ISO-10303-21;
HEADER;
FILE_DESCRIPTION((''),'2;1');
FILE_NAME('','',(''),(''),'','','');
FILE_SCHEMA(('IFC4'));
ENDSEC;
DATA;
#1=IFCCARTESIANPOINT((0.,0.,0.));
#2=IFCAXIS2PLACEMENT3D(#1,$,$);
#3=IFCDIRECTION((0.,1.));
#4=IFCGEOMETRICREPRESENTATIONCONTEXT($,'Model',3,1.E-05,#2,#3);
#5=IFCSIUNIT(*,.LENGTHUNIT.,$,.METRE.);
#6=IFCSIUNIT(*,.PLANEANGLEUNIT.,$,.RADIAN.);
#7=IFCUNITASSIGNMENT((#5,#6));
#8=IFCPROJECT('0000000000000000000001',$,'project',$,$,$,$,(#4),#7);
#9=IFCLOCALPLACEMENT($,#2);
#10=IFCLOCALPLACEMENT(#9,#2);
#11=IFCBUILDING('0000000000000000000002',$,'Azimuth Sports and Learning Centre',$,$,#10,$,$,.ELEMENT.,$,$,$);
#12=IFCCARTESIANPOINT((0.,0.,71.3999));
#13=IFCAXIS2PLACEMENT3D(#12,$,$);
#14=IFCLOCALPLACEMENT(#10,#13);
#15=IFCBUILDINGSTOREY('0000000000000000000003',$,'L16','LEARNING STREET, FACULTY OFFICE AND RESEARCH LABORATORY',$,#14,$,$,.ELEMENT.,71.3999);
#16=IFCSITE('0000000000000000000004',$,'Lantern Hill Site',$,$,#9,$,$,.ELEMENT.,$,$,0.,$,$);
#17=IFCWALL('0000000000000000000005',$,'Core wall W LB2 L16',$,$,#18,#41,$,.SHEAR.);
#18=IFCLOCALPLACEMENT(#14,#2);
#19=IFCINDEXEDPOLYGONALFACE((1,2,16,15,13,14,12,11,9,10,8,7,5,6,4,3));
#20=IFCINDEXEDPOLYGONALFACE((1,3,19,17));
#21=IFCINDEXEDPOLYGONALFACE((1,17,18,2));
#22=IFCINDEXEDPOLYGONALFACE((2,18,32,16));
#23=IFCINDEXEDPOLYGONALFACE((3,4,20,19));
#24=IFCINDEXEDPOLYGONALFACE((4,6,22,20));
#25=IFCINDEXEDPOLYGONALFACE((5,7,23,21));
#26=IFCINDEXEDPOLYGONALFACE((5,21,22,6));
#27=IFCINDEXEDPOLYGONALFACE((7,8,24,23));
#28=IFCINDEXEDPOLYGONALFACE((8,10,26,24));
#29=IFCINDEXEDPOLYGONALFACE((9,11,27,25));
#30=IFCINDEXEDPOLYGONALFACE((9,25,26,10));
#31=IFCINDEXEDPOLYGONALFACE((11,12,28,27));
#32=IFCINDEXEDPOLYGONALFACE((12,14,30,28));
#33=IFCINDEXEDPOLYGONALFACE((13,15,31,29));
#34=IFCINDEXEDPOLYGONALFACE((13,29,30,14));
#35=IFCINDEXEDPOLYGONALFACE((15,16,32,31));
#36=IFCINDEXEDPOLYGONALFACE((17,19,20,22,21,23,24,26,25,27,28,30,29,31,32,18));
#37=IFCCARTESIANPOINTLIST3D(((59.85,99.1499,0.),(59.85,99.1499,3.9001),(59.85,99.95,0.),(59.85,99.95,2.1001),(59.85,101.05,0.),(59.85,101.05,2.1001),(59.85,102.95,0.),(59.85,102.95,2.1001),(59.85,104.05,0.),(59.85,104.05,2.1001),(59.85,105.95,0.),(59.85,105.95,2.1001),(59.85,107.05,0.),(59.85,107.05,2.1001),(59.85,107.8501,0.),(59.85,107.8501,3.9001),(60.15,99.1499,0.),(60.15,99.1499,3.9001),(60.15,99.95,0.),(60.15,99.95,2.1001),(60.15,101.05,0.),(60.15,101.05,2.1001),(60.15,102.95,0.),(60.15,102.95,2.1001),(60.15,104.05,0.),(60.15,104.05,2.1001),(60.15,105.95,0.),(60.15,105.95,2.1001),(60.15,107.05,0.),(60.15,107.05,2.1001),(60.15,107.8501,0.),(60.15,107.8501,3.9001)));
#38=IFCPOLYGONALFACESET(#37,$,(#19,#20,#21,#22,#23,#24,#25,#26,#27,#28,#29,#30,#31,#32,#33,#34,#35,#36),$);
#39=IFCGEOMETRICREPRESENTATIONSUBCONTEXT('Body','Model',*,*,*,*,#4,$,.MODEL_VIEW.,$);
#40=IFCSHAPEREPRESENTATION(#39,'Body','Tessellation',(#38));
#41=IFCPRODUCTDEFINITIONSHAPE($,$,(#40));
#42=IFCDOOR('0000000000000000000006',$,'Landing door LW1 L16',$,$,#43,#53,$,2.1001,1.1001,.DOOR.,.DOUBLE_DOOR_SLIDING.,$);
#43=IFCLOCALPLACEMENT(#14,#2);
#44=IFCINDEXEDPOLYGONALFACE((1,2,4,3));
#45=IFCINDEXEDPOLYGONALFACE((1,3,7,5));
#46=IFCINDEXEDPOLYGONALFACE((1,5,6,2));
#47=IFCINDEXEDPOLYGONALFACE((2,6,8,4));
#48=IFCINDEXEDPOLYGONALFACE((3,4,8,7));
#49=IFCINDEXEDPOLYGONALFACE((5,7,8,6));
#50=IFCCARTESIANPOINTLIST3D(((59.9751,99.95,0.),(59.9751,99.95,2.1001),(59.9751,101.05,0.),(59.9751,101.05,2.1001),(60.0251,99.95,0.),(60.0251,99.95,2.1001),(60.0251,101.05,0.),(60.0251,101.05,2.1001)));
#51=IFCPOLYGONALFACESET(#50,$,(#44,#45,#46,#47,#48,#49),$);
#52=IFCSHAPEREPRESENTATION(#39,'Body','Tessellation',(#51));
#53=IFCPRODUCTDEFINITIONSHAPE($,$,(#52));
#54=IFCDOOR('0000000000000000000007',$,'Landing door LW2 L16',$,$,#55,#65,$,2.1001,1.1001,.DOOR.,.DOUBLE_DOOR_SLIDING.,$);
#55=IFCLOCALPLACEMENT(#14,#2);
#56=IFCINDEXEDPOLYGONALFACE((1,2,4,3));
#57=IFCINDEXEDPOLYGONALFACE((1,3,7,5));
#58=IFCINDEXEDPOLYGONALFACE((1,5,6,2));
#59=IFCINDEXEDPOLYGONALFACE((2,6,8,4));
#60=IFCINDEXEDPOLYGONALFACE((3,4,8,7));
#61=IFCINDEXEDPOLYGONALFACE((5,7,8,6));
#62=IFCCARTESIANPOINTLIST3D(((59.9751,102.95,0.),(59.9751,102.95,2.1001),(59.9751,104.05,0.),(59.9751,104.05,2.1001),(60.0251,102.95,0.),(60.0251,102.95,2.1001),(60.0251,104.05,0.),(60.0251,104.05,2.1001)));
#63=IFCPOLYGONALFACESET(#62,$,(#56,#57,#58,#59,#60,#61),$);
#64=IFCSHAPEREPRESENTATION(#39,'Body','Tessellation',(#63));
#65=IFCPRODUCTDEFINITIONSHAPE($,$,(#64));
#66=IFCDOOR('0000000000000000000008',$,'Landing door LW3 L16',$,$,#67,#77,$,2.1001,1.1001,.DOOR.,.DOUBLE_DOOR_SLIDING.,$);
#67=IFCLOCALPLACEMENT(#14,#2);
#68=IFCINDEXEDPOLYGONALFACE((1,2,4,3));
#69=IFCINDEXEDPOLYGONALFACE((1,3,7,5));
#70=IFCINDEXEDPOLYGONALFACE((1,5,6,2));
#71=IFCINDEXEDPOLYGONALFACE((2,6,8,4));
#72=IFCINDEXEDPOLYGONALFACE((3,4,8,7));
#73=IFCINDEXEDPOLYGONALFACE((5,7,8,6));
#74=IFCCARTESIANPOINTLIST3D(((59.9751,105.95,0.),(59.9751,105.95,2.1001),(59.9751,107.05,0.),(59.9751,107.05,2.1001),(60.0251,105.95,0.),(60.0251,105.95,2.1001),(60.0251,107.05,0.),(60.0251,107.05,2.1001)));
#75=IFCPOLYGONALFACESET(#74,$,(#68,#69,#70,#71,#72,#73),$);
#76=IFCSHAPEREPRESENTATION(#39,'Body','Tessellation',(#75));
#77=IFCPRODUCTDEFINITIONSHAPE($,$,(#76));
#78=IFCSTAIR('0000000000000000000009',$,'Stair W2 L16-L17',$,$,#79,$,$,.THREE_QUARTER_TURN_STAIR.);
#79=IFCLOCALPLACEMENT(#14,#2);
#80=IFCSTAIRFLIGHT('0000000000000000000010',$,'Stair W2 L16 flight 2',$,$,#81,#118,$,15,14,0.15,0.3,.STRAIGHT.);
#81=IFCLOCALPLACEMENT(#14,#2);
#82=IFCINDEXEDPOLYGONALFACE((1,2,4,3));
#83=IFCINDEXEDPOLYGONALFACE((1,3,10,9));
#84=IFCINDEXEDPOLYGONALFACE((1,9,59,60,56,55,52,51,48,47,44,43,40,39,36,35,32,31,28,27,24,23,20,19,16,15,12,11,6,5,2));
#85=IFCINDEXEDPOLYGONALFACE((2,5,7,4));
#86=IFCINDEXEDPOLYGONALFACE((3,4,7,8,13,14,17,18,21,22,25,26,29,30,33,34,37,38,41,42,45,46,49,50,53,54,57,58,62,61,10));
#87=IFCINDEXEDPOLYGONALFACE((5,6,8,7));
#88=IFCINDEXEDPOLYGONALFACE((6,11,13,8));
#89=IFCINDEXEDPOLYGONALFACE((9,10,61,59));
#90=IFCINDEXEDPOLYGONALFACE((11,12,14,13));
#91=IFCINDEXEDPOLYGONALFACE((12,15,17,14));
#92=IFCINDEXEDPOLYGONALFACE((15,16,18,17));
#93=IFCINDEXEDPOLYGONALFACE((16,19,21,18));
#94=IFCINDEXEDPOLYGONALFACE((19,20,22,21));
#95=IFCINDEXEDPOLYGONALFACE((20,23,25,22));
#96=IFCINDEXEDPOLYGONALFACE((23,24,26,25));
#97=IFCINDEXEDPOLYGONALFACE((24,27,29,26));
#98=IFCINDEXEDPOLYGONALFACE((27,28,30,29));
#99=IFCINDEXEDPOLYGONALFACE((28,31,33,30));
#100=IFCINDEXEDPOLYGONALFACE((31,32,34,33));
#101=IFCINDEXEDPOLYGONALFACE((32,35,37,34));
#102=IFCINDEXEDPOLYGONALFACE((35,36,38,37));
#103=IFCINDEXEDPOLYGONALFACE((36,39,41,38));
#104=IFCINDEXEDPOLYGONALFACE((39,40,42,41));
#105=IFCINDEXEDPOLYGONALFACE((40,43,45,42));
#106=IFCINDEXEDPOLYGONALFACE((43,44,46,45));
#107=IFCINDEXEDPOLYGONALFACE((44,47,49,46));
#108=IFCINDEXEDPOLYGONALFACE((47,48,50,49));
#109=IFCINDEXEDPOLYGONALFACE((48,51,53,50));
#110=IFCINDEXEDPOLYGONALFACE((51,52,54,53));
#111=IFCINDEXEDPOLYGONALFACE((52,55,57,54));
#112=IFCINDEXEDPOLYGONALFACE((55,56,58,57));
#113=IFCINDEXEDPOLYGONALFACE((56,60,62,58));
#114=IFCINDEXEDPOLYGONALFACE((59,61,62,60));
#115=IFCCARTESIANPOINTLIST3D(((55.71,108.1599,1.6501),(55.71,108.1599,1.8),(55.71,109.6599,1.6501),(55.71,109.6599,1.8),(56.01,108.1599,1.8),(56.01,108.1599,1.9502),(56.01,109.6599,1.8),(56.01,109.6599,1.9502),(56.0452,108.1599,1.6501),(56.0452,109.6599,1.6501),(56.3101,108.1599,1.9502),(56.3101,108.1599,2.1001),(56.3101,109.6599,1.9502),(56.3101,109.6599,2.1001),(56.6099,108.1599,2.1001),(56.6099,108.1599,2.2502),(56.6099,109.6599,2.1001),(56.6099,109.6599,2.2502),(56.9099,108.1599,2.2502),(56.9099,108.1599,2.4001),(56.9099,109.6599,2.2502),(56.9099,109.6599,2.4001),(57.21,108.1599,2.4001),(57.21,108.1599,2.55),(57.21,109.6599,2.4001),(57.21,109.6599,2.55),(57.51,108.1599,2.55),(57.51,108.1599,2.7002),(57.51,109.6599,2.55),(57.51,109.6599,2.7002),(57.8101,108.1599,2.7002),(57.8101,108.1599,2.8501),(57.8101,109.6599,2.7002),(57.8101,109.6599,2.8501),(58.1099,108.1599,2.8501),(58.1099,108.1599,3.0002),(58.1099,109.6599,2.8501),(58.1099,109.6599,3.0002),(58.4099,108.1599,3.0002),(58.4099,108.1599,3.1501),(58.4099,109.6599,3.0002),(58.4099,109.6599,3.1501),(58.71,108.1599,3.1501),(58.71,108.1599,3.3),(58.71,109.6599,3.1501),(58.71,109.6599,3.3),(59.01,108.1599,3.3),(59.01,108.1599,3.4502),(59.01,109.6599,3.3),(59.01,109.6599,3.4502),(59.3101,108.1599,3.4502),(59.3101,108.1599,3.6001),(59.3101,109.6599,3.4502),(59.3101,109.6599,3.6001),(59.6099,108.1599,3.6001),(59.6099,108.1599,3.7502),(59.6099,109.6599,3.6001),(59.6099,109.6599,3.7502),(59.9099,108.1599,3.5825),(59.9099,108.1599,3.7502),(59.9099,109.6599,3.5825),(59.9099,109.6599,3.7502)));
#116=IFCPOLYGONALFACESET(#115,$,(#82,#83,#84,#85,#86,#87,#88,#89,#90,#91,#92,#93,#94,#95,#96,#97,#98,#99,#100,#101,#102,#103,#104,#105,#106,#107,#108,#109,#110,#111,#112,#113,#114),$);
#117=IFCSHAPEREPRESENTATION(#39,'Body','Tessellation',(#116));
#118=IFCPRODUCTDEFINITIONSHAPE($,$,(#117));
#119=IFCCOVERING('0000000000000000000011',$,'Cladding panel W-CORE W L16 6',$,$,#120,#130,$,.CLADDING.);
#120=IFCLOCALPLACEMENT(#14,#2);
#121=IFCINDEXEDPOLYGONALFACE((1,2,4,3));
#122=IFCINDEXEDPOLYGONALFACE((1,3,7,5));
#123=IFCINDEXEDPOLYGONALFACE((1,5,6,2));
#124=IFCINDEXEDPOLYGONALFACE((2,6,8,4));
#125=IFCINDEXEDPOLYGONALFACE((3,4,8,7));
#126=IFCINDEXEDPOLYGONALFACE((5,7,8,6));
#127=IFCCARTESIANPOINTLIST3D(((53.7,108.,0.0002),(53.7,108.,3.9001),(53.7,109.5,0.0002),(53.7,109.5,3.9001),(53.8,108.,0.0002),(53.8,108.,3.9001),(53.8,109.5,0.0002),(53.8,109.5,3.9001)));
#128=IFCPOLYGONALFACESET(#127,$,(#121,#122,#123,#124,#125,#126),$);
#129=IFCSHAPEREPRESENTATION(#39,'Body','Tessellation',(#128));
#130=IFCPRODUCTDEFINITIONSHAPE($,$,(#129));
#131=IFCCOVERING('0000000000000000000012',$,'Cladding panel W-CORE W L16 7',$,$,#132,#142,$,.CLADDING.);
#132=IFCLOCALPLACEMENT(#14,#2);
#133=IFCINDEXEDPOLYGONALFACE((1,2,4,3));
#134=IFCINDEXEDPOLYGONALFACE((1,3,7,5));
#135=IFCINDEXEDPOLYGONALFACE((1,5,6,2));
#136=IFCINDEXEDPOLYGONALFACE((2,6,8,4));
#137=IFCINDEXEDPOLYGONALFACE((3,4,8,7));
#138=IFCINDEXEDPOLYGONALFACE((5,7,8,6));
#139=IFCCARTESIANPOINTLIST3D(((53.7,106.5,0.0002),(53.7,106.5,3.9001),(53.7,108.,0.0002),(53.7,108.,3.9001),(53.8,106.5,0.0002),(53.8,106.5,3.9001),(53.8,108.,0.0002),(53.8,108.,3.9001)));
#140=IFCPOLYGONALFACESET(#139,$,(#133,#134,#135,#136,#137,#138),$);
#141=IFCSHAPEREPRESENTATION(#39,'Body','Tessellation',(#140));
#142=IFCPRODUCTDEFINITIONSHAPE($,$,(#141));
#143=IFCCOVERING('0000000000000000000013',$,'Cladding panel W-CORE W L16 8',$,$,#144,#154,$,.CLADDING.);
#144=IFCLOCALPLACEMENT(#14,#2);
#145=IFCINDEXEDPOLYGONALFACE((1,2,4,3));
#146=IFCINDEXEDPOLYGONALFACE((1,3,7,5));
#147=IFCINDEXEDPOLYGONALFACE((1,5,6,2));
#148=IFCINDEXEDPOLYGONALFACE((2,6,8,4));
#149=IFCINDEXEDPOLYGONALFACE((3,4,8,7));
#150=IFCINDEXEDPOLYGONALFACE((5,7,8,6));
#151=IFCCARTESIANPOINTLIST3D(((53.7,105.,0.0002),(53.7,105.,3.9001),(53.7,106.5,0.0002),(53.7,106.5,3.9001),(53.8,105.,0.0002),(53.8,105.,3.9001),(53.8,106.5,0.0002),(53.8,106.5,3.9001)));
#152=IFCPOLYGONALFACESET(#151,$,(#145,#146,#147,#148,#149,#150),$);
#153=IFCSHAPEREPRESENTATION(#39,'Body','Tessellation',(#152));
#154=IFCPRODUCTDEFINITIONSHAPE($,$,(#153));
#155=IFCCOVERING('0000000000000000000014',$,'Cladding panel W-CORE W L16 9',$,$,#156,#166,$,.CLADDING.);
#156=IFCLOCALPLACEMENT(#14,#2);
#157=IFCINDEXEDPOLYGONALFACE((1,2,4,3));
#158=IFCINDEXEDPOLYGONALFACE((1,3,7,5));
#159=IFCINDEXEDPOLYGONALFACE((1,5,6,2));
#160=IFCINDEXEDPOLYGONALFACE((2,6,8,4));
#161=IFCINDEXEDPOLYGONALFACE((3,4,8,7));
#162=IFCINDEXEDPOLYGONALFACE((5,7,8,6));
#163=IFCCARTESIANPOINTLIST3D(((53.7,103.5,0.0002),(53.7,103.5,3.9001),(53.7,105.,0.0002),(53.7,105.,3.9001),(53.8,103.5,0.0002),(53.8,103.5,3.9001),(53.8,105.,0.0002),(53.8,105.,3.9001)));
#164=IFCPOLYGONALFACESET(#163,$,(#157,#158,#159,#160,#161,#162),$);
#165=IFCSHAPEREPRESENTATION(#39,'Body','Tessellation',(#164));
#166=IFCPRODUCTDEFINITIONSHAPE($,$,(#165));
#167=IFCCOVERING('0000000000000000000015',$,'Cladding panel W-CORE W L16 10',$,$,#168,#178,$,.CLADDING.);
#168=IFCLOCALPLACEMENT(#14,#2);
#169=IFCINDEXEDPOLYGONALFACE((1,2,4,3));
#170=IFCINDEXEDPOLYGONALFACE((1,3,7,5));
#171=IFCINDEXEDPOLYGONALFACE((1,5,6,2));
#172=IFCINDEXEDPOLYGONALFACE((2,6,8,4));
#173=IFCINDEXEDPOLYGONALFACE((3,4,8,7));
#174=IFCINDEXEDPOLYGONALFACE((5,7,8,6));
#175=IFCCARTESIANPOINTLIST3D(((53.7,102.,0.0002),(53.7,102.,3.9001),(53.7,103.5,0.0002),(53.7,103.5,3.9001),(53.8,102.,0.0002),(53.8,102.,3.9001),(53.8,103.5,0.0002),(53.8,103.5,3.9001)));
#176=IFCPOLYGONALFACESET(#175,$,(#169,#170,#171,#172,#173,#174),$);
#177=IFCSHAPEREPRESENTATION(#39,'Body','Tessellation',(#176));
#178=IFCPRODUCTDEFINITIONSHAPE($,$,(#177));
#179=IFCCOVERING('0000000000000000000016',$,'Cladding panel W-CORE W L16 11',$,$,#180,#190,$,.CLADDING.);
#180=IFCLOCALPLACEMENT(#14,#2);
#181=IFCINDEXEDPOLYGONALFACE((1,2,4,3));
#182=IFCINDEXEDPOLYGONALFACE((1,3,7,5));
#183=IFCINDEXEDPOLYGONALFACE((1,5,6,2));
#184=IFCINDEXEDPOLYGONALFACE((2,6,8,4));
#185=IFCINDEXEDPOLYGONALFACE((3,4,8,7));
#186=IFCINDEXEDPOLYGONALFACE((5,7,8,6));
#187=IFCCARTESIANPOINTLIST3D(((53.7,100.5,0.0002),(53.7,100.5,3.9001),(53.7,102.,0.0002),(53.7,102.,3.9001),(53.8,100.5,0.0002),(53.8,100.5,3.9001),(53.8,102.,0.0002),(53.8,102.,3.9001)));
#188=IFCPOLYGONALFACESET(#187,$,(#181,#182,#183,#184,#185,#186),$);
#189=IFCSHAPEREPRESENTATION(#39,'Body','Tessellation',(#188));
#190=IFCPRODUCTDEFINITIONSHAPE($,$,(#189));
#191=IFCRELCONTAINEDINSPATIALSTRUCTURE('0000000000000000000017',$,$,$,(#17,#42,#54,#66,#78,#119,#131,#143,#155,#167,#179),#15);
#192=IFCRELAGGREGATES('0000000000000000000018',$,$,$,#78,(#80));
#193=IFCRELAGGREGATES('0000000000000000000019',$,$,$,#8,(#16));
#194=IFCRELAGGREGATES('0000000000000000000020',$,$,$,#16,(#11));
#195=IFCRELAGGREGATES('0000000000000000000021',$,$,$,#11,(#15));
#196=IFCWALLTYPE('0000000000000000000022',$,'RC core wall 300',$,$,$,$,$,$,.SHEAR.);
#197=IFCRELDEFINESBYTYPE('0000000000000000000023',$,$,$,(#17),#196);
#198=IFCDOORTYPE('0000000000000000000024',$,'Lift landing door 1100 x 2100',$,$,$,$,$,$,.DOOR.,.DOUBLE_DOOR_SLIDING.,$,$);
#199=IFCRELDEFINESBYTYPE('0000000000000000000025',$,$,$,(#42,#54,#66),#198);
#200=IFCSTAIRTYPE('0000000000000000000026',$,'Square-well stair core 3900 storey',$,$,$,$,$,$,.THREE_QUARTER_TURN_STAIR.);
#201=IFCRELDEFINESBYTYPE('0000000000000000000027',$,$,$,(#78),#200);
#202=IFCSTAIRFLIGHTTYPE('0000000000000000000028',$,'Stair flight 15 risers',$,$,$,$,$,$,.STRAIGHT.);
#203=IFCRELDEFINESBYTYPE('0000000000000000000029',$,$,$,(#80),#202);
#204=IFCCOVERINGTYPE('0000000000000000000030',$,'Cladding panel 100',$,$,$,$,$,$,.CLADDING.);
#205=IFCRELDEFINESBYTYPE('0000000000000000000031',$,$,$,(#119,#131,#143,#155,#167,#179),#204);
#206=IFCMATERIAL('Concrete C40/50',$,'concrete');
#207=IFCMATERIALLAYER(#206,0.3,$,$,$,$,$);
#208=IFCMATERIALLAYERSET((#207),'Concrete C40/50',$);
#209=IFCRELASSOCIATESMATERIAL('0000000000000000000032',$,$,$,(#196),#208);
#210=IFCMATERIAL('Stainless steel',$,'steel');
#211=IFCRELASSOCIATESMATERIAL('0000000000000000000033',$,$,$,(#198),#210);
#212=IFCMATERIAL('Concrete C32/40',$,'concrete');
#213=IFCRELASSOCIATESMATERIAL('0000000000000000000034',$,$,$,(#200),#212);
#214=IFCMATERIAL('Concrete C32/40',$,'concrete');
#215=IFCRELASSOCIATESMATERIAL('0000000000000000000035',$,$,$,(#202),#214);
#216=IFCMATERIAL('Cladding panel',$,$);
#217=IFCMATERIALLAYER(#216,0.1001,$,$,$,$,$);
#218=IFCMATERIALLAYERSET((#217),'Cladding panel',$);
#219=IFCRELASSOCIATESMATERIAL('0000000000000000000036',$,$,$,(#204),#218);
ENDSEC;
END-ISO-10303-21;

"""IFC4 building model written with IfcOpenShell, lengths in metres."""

from ifc_helpers import new_model, si_unit, direction, frame, frame_2d, origin, origin_2d, place, context, subcontext, project, spatial, polyline, rectangle, outline, extrude, material, layer, layer_set, type_object, element, fill, aggregate, save


model = new_model("IFC4")

# Units and contexts
model_context = context("Model", 3, precision=1e-05, world=origin(), true_north=direction((0.0, 1.0)))
body_context = subcontext(model_context, "Body", "Model", "MODEL_VIEW")
ifc_project = project(units=[si_unit("LENGTHUNIT", "METRE"), si_unit("PLANEANGLEUNIT", "RADIAN")], contexts=[model_context])

# Site, building, storey
site_placement = place(None, origin())
site = spatial("IfcSite", under=ifc_project, at=site_placement, Name="Lantern Hill Site", CompositionType="ELEMENT", RefElevation=0.0)
building_placement = place(site_placement, origin())
building = spatial("IfcBuilding", under=site, at=building_placement, Name="Azimuth Sports and Learning Centre", CompositionType="ELEMENT")
storey_placement = place(building_placement, frame((0.0, 0.0, 71.3999)))
storey = spatial("IfcBuildingStorey", under=building, at=storey_placement, Name="L16", Description="LEARNING STREET, FACULTY OFFICE AND RESEARCH LABORATORY", CompositionType="ELEMENT", Elevation=71.3999)

# Shared definitions
ifc_material_1 = material(Name="Concrete C40/50", Category="concrete")
ifc_layer_1 = layer(ifc_material_1, 0.3)
ifc_layer_set_1 = layer_set([ifc_layer_1], Name="Concrete C40/50")
wall_type_1 = type_object("IfcWallType", Name="RC core wall 300", PredefinedType="SHEAR", material=ifc_layer_set_1)

# Wall, openings, doors
wall_1_placement = place(storey_placement, frame((60.0, 99.1499, 0.0), z_axis=(0.0, 0.0, 1.0), x_axis=(0.0, 1.0, 0.0)))
wall_1 = element("IfcWall", 1, at=wall_1_placement, inside=storey, type_object=wall_type_1, Name="Core wall W LB2 L16", PredefinedType="SHEAR", context=body_context, shape_type="SweptSolid", body=[
    extrude(rectangle(XDim=8.7002, YDim=0.3, at=frame_2d((4.3501, 0.0))), origin(), (0.0, 0.0, 1.0), 3.9001),
])
opening_1_placement = place(wall_1_placement, frame((0.8, 0.0, 0.0)))
opening_1 = element("IfcOpeningElement", 2, at=opening_1_placement, cuts=wall_1, PredefinedType="OPENING", context=body_context, shape_type="SweptSolid", body=[
    extrude(rectangle(XDim=1.1001, YDim=2.1001, at=frame_2d((0.55, 1.05))), frame((0.0, 0.1611, 0.0), z_axis=(0.0, -1.0, 0.0), x_axis=(1.0, 0.0, 0.0)), (0.0, 0.0, 1.0), 0.322),
])
opening_2_placement = place(wall_1_placement, frame((3.8, 0.0, 0.0)))
opening_2 = element("IfcOpeningElement", 3, at=opening_2_placement, cuts=wall_1, PredefinedType="OPENING", context=body_context, shape_type="SweptSolid", body=[
    extrude(rectangle(XDim=1.1001, YDim=2.1001, at=frame_2d((0.55, 1.05))), frame((0.0, 0.1611, 0.0), z_axis=(0.0, -1.0, 0.0), x_axis=(1.0, 0.0, 0.0)), (0.0, 0.0, 1.0), 0.322),
])
opening_3_placement = place(wall_1_placement, frame((6.8, 0.0, 0.0)))
opening_3 = element("IfcOpeningElement", 4, at=opening_3_placement, cuts=wall_1, PredefinedType="OPENING", context=body_context, shape_type="SweptSolid", body=[
    extrude(rectangle(XDim=1.1001, YDim=2.1001, at=frame_2d((0.55, 1.05))), frame((0.0, 0.1611, 0.0), z_axis=(0.0, -1.0, 0.0), x_axis=(1.0, 0.0, 0.0)), (0.0, 0.0, 1.0), 0.322),
])
ifc_material_2 = material(Name="Stainless steel", Category="steel")
door_type_1 = type_object("IfcDoorType", Name="Lift landing door 1100 x 2100", OperationType="DOUBLE_DOOR_SLIDING", PredefinedType="DOOR", material=ifc_material_2)
door_1_placement = place(opening_1_placement, origin())
door_1 = element("IfcDoor", 5, at=door_1_placement, inside=storey, type_object=door_type_1, Name="Landing door LW1 L16", OperationType="DOUBLE_DOOR_SLIDING", OverallHeight=2.1001, OverallWidth=1.1001, PredefinedType="DOOR", context=body_context, shape_type="SweptSolid", body=[
    extrude(rectangle(XDim=1.1001, YDim=2.1001, at=frame_2d((0.55, 1.05))), frame((0.0, 0.0249, 0.0), z_axis=(0.0, -1.0, 0.0), x_axis=(1.0, 0.0, 0.0)), (0.0, 0.0, 1.0), 0.05),
])
fill(opening_1, door_1)
door_2_placement = place(opening_2_placement, origin())
door_2 = element("IfcDoor", 6, at=door_2_placement, inside=storey, type_object=door_type_1, Name="Landing door LW2 L16", OperationType="DOUBLE_DOOR_SLIDING", OverallHeight=2.1001, OverallWidth=1.1001, PredefinedType="DOOR", context=body_context, shape_type="SweptSolid", body=[
    extrude(rectangle(XDim=1.1001, YDim=2.1001, at=frame_2d((0.55, 1.05))), frame((0.0, 0.0249, 0.0), z_axis=(0.0, -1.0, 0.0), x_axis=(1.0, 0.0, 0.0)), (0.0, 0.0, 1.0), 0.05),
])
fill(opening_2, door_2)
door_3_placement = place(opening_3_placement, origin())
door_3 = element("IfcDoor", 7, at=door_3_placement, inside=storey, type_object=door_type_1, Name="Landing door LW3 L16", OperationType="DOUBLE_DOOR_SLIDING", OverallHeight=2.1001, OverallWidth=1.1001, PredefinedType="DOOR", context=body_context, shape_type="SweptSolid", body=[
    extrude(rectangle(XDim=1.1001, YDim=2.1001, at=frame_2d((0.55, 1.05))), frame((0.0, 0.0249, 0.0), z_axis=(0.0, -1.0, 0.0), x_axis=(1.0, 0.0, 0.0)), (0.0, 0.0, 1.0), 0.05),
])
fill(opening_3, door_3)

# Stair, stair flight
ifc_material_3 = material(Name="Concrete C32/40", Category="concrete")
stair_type = type_object("IfcStairType", Name="Square-well stair core 3900 storey", PredefinedType="THREE_QUARTER_TURN_STAIR", material=ifc_material_3)
stair_placement = place(storey_placement, origin())
stair = element("IfcStair", 8, at=stair_placement, inside=storey, type_object=stair_type, Name="Stair W2 L16-L17", PredefinedType="THREE_QUARTER_TURN_STAIR")
ifc_material_4 = material(Name="Concrete C32/40", Category="concrete")
stair_flight_type = type_object("IfcStairFlightType", Name="Stair flight 15 risers", PredefinedType="STRAIGHT", material=ifc_material_4)
stair_flight_placement = place(storey_placement, frame((55.71, 108.9099, 1.6501), z_axis=(0.0, 0.0, 1.0), x_axis=(1.0, 0.0, 0.0)))
stair_flight = element("IfcStairFlight", 9, at=stair_flight_placement, type_object=stair_flight_type, Name="Stair W2 L16 flight 2", NumberOfRisers=15, NumberOfTreads=14, PredefinedType="STRAIGHT", RiserHeight=0.15, TreadLength=0.3, context=body_context, shape_type="SweptSolid", body=[
    extrude(outline(polyline([(0.0, 0.0), (0.0, 0.1499), (0.3, 0.1499), (0.3, 0.3), (0.6001, 0.3), (0.6001, 0.45), (0.8999, 0.45), (0.8999, 0.6001), (1.2, 0.6001), (1.2, 0.75), (1.5, 0.75), (1.5, 0.8999), (1.8, 0.8999), (1.8, 1.05), (2.1001, 1.05), (2.1001, 1.2), (2.3999, 1.2), (2.3999, 1.3501), (2.7, 1.3501), (2.7, 1.5), (3.0, 1.5), (3.0, 1.6499), (3.3, 1.6499), (3.3, 1.8), (3.6001, 1.8), (3.6001, 1.95), (3.8999, 1.95), (3.8999, 2.1001), (4.2, 2.1001), (4.2, 2.25), (4.2, 1.9324), (0.3352, 0.0), (0.0, 0.0)])), frame((0.0, 0.75, 0.0), z_axis=(0.0, -1.0, 0.0), x_axis=(1.0, 0.0, 0.0)), (0.0, 0.0, 1.0), 1.5),
])
aggregate(stair, [stair_flight])

# Coverings
ifc_material_5 = material(Name="Cladding panel")
ifc_layer_2 = layer(ifc_material_5, 0.1001)
ifc_layer_set_2 = layer_set([ifc_layer_2], Name="Cladding panel")
covering_type = type_object("IfcCoveringType", Name="Cladding panel 100", PredefinedType="CLADDING", material=ifc_layer_set_2)
for number, where, z_axis, x_axis, name in (
    (10, (53.75, 108.75, 0.0002), (0.0, 0.0, 1.0), (0.0, -1.0, 0.0), "Cladding panel W-CORE W L16 6"),
    (11, (53.75, 107.25, 0.0002), (0.0, 0.0, 1.0), (0.0, -1.0, 0.0), "Cladding panel W-CORE W L16 7"),
    (12, (53.75, 105.75, 0.0002), (0.0, 0.0, 1.0), (0.0, -1.0, 0.0), "Cladding panel W-CORE W L16 8"),
    (13, (53.75, 104.25, 0.0002), (0.0, 0.0, 1.0), (0.0, -1.0, 0.0), "Cladding panel W-CORE W L16 9"),
    (14, (53.75, 102.75, 0.0002), (0.0, 0.0, 1.0), (0.0, -1.0, 0.0), "Cladding panel W-CORE W L16 10"),
    (15, (53.75, 101.25, 0.0002), (0.0, 0.0, 1.0), (0.0, -1.0, 0.0), "Cladding panel W-CORE W L16 11"),
):
    element("IfcCovering", number, at=place(storey_placement, frame(where, z_axis=z_axis, x_axis=x_axis)), inside=storey, type_object=covering_type, Name=name, PredefinedType="CLADDING", context=body_context, shape_type="SweptSolid", body=[
        extrude(rectangle(XDim=1.5, YDim=0.1001, at=origin_2d()), origin(), (0.0, 0.0, 1.0), 3.8999),
    ])

save(model, "model.ifc")
